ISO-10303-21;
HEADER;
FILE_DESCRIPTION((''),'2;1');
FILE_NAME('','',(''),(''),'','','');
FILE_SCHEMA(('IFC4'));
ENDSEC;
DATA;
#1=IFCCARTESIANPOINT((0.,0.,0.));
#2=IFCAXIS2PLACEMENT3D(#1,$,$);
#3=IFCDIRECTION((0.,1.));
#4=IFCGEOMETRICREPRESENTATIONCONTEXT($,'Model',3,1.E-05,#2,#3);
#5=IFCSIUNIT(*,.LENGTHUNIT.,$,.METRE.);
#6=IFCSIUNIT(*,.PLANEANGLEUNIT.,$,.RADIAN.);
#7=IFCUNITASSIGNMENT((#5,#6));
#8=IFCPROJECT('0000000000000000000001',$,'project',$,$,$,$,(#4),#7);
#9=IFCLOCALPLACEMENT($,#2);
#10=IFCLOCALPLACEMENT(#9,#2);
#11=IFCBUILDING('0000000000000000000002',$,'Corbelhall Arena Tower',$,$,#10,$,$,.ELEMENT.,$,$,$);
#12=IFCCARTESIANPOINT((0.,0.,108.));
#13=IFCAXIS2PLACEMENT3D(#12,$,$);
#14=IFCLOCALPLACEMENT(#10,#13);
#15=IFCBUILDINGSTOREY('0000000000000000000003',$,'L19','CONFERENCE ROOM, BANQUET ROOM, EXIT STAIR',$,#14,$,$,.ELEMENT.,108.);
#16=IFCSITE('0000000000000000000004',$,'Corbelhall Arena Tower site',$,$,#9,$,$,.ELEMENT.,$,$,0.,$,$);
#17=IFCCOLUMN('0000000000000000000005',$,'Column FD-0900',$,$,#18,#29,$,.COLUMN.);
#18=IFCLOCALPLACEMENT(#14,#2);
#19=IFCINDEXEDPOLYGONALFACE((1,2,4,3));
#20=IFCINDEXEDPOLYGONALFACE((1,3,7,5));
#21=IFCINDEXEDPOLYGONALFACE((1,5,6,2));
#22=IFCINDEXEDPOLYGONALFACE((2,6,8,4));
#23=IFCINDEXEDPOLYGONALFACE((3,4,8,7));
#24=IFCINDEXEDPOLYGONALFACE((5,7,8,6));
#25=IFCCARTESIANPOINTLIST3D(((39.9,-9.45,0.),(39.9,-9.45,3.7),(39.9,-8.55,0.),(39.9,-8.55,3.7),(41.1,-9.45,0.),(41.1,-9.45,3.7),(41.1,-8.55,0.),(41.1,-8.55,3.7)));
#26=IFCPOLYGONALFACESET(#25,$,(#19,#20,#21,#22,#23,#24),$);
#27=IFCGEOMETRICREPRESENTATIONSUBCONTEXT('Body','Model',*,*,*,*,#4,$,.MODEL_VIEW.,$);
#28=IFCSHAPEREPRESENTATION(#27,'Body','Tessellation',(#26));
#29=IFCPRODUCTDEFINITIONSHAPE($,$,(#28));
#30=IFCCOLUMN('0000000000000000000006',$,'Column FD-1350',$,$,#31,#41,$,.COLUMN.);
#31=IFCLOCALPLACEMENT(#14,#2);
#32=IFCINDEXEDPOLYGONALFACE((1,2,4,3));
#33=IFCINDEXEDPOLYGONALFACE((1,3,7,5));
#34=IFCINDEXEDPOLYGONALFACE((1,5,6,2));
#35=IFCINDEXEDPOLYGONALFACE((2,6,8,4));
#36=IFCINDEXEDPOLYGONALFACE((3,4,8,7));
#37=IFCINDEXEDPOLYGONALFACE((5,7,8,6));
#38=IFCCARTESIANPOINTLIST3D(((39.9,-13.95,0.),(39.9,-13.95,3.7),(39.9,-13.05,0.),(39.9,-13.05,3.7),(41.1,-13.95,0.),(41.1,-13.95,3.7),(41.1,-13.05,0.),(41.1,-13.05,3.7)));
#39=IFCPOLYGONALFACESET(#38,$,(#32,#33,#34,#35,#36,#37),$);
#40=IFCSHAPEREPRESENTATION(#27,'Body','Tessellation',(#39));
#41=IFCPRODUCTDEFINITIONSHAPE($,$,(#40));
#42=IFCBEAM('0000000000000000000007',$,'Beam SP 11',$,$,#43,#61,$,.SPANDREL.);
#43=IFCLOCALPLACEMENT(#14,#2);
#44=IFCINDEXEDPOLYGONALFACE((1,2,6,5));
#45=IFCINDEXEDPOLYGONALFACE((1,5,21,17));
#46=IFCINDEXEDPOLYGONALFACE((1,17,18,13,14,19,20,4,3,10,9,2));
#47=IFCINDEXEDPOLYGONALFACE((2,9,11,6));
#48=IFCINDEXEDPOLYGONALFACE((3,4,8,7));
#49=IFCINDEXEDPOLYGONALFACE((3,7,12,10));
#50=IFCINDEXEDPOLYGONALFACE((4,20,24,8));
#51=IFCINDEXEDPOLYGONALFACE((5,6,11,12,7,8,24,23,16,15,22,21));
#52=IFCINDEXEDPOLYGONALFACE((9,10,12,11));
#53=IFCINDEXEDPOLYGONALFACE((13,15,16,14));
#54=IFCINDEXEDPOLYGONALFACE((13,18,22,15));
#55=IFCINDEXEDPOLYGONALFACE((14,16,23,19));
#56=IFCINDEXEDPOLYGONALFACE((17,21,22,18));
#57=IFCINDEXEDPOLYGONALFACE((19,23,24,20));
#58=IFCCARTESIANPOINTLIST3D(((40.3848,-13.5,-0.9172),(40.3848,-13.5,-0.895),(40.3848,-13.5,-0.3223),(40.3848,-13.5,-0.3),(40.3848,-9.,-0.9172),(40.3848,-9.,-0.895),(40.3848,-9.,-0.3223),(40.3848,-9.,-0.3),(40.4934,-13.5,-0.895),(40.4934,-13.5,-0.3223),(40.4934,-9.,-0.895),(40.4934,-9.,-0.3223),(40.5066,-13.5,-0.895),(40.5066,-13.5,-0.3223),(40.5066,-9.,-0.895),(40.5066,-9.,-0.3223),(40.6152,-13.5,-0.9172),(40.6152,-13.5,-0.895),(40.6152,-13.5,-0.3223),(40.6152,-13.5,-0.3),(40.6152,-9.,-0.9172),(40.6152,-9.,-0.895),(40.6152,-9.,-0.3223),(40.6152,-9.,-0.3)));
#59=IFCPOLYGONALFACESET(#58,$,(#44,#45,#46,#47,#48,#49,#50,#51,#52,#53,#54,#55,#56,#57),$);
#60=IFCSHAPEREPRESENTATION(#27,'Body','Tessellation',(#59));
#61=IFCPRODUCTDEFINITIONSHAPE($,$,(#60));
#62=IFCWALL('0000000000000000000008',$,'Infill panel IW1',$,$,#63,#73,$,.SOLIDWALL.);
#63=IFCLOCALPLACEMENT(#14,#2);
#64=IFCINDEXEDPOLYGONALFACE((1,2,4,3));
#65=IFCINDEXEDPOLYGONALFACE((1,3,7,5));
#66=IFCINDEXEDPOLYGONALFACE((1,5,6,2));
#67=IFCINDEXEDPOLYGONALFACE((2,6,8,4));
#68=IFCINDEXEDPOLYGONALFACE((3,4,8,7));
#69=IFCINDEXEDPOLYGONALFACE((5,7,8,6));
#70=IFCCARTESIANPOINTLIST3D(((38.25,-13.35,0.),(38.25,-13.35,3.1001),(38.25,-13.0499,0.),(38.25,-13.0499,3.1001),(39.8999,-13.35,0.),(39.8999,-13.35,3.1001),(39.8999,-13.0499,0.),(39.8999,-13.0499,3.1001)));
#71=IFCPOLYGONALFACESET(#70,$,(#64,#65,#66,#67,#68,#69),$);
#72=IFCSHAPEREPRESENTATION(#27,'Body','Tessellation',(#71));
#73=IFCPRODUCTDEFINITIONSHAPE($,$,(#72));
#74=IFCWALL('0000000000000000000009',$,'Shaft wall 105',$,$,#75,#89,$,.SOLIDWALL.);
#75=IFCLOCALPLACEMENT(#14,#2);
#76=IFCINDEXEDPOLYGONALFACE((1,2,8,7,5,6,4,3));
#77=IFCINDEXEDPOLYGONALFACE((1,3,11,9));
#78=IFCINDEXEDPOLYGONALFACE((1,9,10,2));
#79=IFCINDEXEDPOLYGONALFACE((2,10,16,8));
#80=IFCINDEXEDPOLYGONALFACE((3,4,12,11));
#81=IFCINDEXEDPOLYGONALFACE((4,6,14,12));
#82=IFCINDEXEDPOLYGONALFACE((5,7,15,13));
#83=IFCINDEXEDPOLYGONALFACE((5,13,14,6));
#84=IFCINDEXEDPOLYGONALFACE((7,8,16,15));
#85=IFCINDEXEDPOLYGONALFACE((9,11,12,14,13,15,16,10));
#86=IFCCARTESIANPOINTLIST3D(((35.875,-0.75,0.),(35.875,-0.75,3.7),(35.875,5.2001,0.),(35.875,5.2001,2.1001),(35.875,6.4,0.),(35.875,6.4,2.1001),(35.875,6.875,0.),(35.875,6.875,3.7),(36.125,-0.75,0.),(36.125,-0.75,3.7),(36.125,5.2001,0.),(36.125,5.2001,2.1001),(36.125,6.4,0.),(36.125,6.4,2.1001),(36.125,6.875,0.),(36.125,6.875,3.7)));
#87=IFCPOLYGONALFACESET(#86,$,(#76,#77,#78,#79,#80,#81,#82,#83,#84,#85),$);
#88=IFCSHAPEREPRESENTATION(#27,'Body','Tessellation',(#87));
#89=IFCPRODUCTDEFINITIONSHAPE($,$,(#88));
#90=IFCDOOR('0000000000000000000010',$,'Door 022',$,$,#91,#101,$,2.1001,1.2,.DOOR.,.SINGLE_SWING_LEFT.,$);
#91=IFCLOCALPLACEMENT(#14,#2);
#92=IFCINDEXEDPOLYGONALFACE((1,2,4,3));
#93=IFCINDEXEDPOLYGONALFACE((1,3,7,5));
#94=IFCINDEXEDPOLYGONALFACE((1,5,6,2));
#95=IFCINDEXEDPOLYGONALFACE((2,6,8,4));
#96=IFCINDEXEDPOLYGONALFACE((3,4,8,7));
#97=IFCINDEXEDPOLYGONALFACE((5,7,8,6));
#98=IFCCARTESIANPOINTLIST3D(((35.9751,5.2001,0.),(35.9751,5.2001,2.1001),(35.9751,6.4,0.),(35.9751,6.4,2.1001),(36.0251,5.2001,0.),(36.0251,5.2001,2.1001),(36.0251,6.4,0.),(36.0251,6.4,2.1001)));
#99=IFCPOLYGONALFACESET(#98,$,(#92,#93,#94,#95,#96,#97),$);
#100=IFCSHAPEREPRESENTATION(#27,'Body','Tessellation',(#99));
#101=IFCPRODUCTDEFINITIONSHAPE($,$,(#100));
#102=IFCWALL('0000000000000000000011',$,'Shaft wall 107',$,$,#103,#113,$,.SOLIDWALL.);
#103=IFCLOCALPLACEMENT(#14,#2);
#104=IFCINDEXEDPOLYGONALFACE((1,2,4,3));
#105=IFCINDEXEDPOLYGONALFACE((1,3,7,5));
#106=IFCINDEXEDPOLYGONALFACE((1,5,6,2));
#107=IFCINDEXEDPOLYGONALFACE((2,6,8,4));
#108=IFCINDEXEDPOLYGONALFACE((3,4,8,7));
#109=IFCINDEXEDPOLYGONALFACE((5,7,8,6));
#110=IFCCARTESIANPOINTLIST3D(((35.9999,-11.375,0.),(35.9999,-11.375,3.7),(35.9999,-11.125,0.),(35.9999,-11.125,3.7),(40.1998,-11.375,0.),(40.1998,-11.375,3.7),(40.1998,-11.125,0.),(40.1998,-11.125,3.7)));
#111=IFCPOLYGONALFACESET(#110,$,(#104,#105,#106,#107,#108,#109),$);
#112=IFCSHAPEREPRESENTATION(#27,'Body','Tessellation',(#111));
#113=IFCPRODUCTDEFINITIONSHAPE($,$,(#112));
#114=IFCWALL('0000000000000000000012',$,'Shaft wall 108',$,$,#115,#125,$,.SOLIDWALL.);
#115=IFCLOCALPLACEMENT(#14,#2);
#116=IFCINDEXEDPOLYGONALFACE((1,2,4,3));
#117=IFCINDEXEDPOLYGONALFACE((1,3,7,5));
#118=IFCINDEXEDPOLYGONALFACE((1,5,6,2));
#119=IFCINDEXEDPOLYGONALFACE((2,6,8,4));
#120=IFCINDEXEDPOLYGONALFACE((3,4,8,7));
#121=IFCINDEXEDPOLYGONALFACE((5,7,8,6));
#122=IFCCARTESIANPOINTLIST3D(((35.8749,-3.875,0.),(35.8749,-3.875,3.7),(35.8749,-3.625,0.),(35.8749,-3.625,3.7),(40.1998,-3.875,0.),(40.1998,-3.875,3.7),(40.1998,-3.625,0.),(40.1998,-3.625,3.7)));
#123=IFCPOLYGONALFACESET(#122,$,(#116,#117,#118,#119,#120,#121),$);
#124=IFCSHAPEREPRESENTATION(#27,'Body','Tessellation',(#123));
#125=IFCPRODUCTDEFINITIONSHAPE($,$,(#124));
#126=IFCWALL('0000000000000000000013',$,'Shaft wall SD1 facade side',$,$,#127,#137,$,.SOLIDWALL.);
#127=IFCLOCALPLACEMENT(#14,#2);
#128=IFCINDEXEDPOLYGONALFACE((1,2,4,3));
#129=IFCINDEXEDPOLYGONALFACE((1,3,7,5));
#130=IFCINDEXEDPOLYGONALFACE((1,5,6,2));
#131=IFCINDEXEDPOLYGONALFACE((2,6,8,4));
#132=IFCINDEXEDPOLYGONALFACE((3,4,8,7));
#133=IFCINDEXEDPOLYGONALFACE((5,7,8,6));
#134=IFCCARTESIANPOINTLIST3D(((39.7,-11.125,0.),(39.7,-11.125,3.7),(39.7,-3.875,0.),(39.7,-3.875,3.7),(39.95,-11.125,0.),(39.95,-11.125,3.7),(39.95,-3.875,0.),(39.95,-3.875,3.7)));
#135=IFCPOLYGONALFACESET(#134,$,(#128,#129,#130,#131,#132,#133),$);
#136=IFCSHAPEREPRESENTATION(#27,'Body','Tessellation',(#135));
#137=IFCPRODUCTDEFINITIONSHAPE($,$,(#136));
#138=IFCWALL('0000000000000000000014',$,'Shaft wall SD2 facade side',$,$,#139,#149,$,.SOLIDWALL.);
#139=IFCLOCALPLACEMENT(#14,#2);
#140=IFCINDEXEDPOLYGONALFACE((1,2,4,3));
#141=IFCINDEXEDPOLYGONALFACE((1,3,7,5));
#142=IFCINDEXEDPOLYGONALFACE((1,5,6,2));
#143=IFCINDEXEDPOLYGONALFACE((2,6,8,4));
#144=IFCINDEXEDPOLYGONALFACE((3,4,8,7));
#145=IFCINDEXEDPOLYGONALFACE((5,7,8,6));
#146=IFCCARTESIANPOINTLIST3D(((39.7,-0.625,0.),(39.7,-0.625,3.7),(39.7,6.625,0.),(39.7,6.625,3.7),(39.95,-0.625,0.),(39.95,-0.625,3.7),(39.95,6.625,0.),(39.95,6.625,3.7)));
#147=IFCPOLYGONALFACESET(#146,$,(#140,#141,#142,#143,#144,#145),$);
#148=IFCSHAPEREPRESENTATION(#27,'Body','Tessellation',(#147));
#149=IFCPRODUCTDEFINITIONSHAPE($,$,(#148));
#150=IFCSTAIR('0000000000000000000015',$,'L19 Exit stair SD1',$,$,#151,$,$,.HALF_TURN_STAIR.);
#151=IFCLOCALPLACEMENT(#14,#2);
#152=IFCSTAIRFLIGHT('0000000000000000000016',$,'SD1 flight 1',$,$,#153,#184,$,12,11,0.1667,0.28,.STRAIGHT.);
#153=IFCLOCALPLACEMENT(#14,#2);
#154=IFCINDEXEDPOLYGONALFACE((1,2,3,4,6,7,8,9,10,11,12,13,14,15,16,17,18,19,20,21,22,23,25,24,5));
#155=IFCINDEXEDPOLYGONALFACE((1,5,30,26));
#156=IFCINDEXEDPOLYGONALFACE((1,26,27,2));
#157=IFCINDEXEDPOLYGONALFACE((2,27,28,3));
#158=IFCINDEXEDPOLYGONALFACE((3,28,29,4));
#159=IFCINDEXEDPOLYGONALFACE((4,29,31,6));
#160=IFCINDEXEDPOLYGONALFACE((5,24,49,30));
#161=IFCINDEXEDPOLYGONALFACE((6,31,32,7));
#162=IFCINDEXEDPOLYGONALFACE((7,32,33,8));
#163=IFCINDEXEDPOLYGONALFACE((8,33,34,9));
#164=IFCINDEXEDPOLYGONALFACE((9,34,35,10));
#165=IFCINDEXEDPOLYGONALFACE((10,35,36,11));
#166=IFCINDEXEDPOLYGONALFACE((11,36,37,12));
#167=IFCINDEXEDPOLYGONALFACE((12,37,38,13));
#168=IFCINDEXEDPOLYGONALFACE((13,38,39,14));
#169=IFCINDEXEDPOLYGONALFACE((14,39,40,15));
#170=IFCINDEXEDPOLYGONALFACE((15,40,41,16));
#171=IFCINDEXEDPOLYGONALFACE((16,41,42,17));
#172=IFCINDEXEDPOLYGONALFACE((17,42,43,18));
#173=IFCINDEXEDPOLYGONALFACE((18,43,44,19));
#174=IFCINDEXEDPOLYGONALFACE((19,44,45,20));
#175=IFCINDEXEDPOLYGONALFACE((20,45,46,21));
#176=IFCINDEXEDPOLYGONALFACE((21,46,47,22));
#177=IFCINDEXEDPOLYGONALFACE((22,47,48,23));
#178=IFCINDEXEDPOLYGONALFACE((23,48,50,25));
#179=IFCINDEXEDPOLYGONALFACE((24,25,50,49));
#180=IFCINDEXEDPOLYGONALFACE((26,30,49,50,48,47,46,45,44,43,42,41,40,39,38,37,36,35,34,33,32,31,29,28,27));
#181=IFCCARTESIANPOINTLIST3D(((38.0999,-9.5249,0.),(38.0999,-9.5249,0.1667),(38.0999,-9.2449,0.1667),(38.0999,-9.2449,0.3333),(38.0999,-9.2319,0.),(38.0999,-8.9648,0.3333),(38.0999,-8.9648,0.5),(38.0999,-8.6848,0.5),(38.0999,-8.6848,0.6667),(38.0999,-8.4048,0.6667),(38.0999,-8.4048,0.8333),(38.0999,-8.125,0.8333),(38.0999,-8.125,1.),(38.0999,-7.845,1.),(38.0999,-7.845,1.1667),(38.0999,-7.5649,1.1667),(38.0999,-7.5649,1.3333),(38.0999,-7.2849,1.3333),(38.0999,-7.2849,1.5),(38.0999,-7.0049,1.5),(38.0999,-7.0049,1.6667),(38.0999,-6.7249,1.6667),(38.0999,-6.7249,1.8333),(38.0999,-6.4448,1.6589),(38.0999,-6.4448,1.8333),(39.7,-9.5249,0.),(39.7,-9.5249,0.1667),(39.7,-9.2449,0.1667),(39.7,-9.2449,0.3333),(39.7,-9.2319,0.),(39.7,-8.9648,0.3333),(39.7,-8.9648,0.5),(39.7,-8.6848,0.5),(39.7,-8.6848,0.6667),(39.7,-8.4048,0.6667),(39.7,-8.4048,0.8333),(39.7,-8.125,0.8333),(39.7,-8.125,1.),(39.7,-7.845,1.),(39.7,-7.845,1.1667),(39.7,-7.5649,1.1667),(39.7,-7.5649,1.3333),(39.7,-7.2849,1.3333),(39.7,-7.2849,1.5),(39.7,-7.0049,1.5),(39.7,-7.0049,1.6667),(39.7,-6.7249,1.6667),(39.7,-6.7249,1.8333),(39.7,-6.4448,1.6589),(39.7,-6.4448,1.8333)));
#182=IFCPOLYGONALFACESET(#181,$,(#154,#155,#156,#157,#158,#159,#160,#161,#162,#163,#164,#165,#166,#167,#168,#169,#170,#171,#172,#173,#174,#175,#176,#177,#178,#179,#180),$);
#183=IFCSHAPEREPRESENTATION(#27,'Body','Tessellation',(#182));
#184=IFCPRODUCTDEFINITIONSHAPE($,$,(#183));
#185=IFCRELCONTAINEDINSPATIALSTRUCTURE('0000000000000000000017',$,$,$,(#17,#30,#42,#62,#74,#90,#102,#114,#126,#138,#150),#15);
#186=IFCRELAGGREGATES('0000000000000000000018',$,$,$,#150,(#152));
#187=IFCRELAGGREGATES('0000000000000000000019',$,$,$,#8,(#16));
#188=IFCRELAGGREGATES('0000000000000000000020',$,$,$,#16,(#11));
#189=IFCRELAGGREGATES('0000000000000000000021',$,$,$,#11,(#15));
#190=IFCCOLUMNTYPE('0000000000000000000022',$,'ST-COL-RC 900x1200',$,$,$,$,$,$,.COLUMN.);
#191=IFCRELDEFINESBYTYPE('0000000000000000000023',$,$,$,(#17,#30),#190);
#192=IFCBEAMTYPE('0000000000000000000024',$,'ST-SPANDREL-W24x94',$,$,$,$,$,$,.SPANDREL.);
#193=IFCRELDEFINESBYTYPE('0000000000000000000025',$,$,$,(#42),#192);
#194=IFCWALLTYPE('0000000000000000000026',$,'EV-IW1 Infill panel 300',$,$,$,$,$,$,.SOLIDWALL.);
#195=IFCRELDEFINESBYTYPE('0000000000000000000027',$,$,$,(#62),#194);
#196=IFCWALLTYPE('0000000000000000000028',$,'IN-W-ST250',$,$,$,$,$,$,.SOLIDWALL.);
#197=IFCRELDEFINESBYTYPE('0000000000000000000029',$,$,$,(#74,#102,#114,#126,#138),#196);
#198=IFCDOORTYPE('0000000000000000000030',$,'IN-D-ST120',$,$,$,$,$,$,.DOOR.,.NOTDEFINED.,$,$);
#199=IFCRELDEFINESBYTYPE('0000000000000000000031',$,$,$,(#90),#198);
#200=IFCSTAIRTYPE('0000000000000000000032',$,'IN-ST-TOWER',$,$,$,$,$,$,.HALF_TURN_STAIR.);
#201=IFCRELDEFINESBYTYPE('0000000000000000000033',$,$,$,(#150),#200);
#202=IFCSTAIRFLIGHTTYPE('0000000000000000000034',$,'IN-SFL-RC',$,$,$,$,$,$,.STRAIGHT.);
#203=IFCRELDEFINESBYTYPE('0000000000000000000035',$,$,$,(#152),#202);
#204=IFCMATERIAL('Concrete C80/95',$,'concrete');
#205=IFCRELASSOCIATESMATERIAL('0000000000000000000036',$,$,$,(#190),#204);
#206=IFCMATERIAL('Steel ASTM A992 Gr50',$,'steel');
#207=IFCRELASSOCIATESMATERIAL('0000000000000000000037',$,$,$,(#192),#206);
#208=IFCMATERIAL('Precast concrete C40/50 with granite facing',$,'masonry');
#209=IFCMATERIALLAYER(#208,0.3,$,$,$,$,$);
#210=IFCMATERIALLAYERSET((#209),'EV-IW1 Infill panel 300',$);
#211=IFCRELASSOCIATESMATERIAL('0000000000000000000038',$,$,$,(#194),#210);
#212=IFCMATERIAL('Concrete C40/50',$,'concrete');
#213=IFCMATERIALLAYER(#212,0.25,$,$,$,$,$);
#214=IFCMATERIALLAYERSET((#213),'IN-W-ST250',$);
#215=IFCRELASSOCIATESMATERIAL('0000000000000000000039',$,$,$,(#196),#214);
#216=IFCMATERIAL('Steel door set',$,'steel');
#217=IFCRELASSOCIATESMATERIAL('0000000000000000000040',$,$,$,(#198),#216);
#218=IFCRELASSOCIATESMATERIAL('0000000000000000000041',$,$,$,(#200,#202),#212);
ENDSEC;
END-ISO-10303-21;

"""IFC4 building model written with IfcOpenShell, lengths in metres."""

from ifc_helpers import new_model, si_unit, direction, frame, frame_2d, origin, origin_2d, place, context, subcontext, project, spatial, polyline, rectangle, i_section, outline, extrude, material, layer, layer_set, material_profile, profile_set, type_object, element, fill, aggregate, save


model = new_model("IFC4")

# Units and contexts
model_context = context("Model", 3, precision=1e-05, world=origin(), true_north=direction((0.0, 1.0)))
body_context = subcontext(model_context, "Body", "Model", "MODEL_VIEW")
ifc_project = project(units=[si_unit("LENGTHUNIT", "METRE"), si_unit("PLANEANGLEUNIT", "RADIAN")], contexts=[model_context])

# Site, building, storey
site_placement = place(None, origin())
site = spatial("IfcSite", under=ifc_project, at=site_placement, Name="Corbelhall Arena Tower site", CompositionType="ELEMENT", RefElevation=0.0)
building_placement = place(site_placement, origin())
building = spatial("IfcBuilding", under=site, at=building_placement, Name="Corbelhall Arena Tower", CompositionType="ELEMENT")
storey_placement = place(building_placement, frame((0.0, 0.0, 108.0)))
storey = spatial("IfcBuildingStorey", under=building, at=storey_placement, Name="L19", Description="CONFERENCE ROOM, BANQUET ROOM, EXIT STAIR", CompositionType="ELEMENT", Elevation=108.0)

# Columns
ifc_material_1 = material(Name="Concrete C80/95", Category="concrete")
ifc_material_profile_1 = material_profile(ifc_material_1, rectangle(XDim=0.8999, YDim=1.2, at=origin_2d()))
ifc_profile_set_1 = profile_set([ifc_material_profile_1], Name="Concrete C80/95")
column_type = type_object("IfcColumnType", Name="ST-COL-RC 900x1200", PredefinedType="COLUMN", material=ifc_profile_set_1)
for number, where, z_axis, x_axis, name in (
    (1, (40.5, -9.0, 0.0), (0.0, 0.0, 1.0), (0.0, 1.0, 0.0), "Column FD-0900"),
    (2, (40.5, -13.5, 0.0), (0.0, 0.0, 1.0), (0.0, 1.0, 0.0), "Column FD-1350"),
):
    element("IfcColumn", number, at=place(storey_placement, frame(where, z_axis=z_axis, x_axis=x_axis)), inside=storey, type_object=column_type, Name=name, PredefinedType="COLUMN", context=body_context, shape_type="SweptSolid", body=[
        extrude(rectangle(XDim=0.8999, YDim=1.2, at=origin_2d()), origin(), (0.0, 0.0, 1.0), 3.7),
    ])

# Beam
ifc_material_2 = material(Name="Steel ASTM A992 Gr50", Category="steel")
ifc_material_profile_2 = material_profile(ifc_material_2, i_section(OverallWidth=0.2305, OverallDepth=0.6172, WebThickness=0.0132, FlangeThickness=0.0222, at=origin_2d()))
ifc_profile_set_2 = profile_set([ifc_material_profile_2], Name="Steel ASTM A992 Gr50")
beam_type = type_object("IfcBeamType", Name="ST-SPANDREL-W24x94", PredefinedType="SPANDREL", material=ifc_profile_set_2)
beam_placement = place(storey_placement, frame((40.5, -9.0, -0.6086), z_axis=(0.0, -1.0, 0.0), x_axis=(1.0, 0.0, 0.0)))
element("IfcBeam", 3, at=beam_placement, inside=storey, type_object=beam_type, Name="Beam SP 11", PredefinedType="SPANDREL", context=body_context, shape_type="SweptSolid", body=[
    extrude(i_section(OverallWidth=0.2305, OverallDepth=0.6172, WebThickness=0.0132, FlangeThickness=0.0222, at=origin_2d()), origin(), (0.0, 0.0, 1.0), 4.5),
])

# Wall
ifc_material_3 = material(Name="Precast concrete C40/50 with granite facing", Category="masonry")
ifc_layer_1 = layer(ifc_material_3, 0.3)
ifc_layer_set_1 = layer_set([ifc_layer_1], Name="EV-IW1 Infill panel 300")
wall_type_1 = type_object("IfcWallType", Name="EV-IW1 Infill panel 300", PredefinedType="SOLIDWALL", material=ifc_layer_set_1)
wall_1_placement = place(storey_placement, frame((39.8999, -13.2, 0.0), z_axis=(0.0, 0.0, 1.0), x_axis=(-1.0, 0.0, 0.0)))
element("IfcWall", 4, at=wall_1_placement, inside=storey, type_object=wall_type_1, Name="Infill panel IW1", PredefinedType="SOLIDWALL", context=body_context, shape_type="SweptSolid", body=[
    extrude(rectangle(XDim=1.6499, YDim=0.3, at=frame_2d((0.825, 0.0))), origin(), (0.0, 0.0, 1.0), 3.1001),
])

# Wall, opening, door
ifc_material_4 = material(Name="Concrete C40/50", Category="concrete")
ifc_layer_2 = layer(ifc_material_4, 0.25)
ifc_layer_set_2 = layer_set([ifc_layer_2], Name="IN-W-ST250")
wall_type_2 = type_object("IfcWallType", Name="IN-W-ST250", PredefinedType="SOLIDWALL", material=ifc_layer_set_2)
wall_2_placement = place(storey_placement, frame((36.0, -0.75, 0.0), z_axis=(0.0, 0.0, 1.0), x_axis=(0.0, 1.0, 0.0)))
wall_2 = element("IfcWall", 5, at=wall_2_placement, inside=storey, type_object=wall_type_2, Name="Shaft wall 105", PredefinedType="SOLIDWALL", context=body_context, shape_type="SweptSolid", body=[
    extrude(rectangle(XDim=7.625, YDim=0.25, at=frame_2d((3.8125, 0.0))), origin(), (0.0, 0.0, 1.0), 3.7),
])
opening_1_placement = place(wall_2_placement, frame((5.95, 0.0, 0.0)))
opening_1 = element("IfcOpeningElement", 6, at=opening_1_placement, cuts=wall_2, PredefinedType="OPENING", context=body_context, shape_type="SweptSolid", body=[
    extrude(rectangle(XDim=1.2, YDim=2.1001, at=frame_2d((0.6001, 1.05))), frame((0.0, 0.125, 0.0), z_axis=(0.0, -1.0, 0.0), x_axis=(1.0, 0.0, 0.0)), (0.0, 0.0, 1.0), 0.25),
])
ifc_material_5 = material(Name="Steel door set", Category="steel")
door_type = type_object("IfcDoorType", Name="IN-D-ST120", OperationType="NOTDEFINED", PredefinedType="DOOR", material=ifc_material_5)
door_placement = place(opening_1_placement, origin())
door = element("IfcDoor", 7, at=door_placement, inside=storey, type_object=door_type, Name="Door 022", OperationType="SINGLE_SWING_LEFT", OverallHeight=2.1001, OverallWidth=1.2, PredefinedType="DOOR", context=body_context, shape_type="SweptSolid", body=[
    extrude(rectangle(XDim=1.2, YDim=2.1001, at=frame_2d((0.6001, 1.05))), frame((0.0, 0.0249, 0.0), z_axis=(0.0, -1.0, 0.0), x_axis=(1.0, 0.0, 0.0)), (0.0, 0.0, 1.0), 0.05),
])
fill(opening_1, door)

# Walls
wall_3_placement = place(storey_placement, frame((40.2, -11.25, 0.0), z_axis=(0.0, 0.0, 1.0), x_axis=(-1.0, 0.0, 0.0)))
element("IfcWall", 8, at=wall_3_placement, inside=storey, type_object=wall_type_2, Name="Shaft wall 107", PredefinedType="SOLIDWALL", context=body_context, shape_type="SweptSolid", body=[
    extrude(rectangle(XDim=4.2, YDim=0.25, at=frame_2d((2.1001, 0.0))), origin(), (0.0, 0.0, 1.0), 3.7),
])
wall_4_placement = place(storey_placement, frame((40.2, -3.75, 0.0), z_axis=(0.0, 0.0, 1.0), x_axis=(-1.0, 0.0, 0.0)))
element("IfcWall", 9, at=wall_4_placement, inside=storey, type_object=wall_type_2, Name="Shaft wall 108", PredefinedType="SOLIDWALL", context=body_context, shape_type="SweptSolid", body=[
    extrude(rectangle(XDim=4.325, YDim=0.25, at=frame_2d((2.1626, 0.0))), origin(), (0.0, 0.0, 1.0), 3.7),
])
for number, where, z_axis, x_axis, name in (
    (10, (39.825, -11.125, 0.0), (0.0, 0.0, 1.0), (0.0, 1.0, 0.0), "Shaft wall SD1 facade side"),
    (11, (39.825, -0.625, 0.0), (0.0, 0.0, 1.0), (0.0, 1.0, 0.0), "Shaft wall SD2 facade side"),
):
    element("IfcWall", number, at=place(storey_placement, frame(where, z_axis=z_axis, x_axis=x_axis)), inside=storey, type_object=wall_type_2, Name=name, PredefinedType="SOLIDWALL", context=body_context, shape_type="SweptSolid", body=[
        extrude(rectangle(XDim=7.25, YDim=0.25, at=frame_2d((3.625, 0.0))), origin(), (0.0, 0.0, 1.0), 3.7),
    ])

# Stair, stair flight
stair_type = type_object("IfcStairType", Name="IN-ST-TOWER", PredefinedType="HALF_TURN_STAIR", material=ifc_material_4)
stair_placement = place(storey_placement, origin())
stair = element("IfcStair", 12, at=stair_placement, inside=storey, type_object=stair_type, Name="L19 Exit stair SD1", PredefinedType="HALF_TURN_STAIR")
stair_flight_type = type_object("IfcStairFlightType", Name="IN-SFL-RC", PredefinedType="STRAIGHT", material=ifc_material_4)
stair_flight_1_placement = place(storey_placement, frame((38.8999, -9.5249, 0.0), z_axis=(0.0, 0.0, 1.0), x_axis=(0.0, 1.0, 0.0)))
stair_flight_1 = element("IfcStairFlight", 13, at=stair_flight_1_placement, type_object=stair_flight_type, Name="SD1 flight 1", NumberOfRisers=12, NumberOfTreads=11, PredefinedType="STRAIGHT", RiserHeight=0.1667, TreadLength=0.28, context=body_context, shape_type="SweptSolid", body=[
    extrude(outline(polyline([(0.0, 0.0), (0.0, 0.1667), (0.28, 0.1667), (0.28, 0.3333), (0.5601, 0.3333), (0.5601, 0.5), (0.8401, 0.5), (0.8401, 0.6667), (1.1201, 0.6667), (1.1201, 0.8333), (1.3999, 0.8333), (1.3999, 1.0), (1.6799, 1.0), (1.6799, 1.1667), (1.96, 1.1667), (1.96, 1.3333), (2.24, 1.3333), (2.24, 1.5), (2.52, 1.5), (2.52, 1.6667), (2.8, 1.6667), (2.8, 1.8333), (3.0801, 1.8333), (3.0801, 2.0), (3.0801, 1.6589), (0.293, 0.0), (0.0, 0.0)])), frame((0.0, 0.8, 0.0), z_axis=(0.0, -1.0, 0.0), x_axis=(1.0, 0.0, 0.0)), (0.0, 0.0, 1.0), 1.6001),
])
aggregate(stair, [stair_flight_1])

save(model, "model.ifc")
